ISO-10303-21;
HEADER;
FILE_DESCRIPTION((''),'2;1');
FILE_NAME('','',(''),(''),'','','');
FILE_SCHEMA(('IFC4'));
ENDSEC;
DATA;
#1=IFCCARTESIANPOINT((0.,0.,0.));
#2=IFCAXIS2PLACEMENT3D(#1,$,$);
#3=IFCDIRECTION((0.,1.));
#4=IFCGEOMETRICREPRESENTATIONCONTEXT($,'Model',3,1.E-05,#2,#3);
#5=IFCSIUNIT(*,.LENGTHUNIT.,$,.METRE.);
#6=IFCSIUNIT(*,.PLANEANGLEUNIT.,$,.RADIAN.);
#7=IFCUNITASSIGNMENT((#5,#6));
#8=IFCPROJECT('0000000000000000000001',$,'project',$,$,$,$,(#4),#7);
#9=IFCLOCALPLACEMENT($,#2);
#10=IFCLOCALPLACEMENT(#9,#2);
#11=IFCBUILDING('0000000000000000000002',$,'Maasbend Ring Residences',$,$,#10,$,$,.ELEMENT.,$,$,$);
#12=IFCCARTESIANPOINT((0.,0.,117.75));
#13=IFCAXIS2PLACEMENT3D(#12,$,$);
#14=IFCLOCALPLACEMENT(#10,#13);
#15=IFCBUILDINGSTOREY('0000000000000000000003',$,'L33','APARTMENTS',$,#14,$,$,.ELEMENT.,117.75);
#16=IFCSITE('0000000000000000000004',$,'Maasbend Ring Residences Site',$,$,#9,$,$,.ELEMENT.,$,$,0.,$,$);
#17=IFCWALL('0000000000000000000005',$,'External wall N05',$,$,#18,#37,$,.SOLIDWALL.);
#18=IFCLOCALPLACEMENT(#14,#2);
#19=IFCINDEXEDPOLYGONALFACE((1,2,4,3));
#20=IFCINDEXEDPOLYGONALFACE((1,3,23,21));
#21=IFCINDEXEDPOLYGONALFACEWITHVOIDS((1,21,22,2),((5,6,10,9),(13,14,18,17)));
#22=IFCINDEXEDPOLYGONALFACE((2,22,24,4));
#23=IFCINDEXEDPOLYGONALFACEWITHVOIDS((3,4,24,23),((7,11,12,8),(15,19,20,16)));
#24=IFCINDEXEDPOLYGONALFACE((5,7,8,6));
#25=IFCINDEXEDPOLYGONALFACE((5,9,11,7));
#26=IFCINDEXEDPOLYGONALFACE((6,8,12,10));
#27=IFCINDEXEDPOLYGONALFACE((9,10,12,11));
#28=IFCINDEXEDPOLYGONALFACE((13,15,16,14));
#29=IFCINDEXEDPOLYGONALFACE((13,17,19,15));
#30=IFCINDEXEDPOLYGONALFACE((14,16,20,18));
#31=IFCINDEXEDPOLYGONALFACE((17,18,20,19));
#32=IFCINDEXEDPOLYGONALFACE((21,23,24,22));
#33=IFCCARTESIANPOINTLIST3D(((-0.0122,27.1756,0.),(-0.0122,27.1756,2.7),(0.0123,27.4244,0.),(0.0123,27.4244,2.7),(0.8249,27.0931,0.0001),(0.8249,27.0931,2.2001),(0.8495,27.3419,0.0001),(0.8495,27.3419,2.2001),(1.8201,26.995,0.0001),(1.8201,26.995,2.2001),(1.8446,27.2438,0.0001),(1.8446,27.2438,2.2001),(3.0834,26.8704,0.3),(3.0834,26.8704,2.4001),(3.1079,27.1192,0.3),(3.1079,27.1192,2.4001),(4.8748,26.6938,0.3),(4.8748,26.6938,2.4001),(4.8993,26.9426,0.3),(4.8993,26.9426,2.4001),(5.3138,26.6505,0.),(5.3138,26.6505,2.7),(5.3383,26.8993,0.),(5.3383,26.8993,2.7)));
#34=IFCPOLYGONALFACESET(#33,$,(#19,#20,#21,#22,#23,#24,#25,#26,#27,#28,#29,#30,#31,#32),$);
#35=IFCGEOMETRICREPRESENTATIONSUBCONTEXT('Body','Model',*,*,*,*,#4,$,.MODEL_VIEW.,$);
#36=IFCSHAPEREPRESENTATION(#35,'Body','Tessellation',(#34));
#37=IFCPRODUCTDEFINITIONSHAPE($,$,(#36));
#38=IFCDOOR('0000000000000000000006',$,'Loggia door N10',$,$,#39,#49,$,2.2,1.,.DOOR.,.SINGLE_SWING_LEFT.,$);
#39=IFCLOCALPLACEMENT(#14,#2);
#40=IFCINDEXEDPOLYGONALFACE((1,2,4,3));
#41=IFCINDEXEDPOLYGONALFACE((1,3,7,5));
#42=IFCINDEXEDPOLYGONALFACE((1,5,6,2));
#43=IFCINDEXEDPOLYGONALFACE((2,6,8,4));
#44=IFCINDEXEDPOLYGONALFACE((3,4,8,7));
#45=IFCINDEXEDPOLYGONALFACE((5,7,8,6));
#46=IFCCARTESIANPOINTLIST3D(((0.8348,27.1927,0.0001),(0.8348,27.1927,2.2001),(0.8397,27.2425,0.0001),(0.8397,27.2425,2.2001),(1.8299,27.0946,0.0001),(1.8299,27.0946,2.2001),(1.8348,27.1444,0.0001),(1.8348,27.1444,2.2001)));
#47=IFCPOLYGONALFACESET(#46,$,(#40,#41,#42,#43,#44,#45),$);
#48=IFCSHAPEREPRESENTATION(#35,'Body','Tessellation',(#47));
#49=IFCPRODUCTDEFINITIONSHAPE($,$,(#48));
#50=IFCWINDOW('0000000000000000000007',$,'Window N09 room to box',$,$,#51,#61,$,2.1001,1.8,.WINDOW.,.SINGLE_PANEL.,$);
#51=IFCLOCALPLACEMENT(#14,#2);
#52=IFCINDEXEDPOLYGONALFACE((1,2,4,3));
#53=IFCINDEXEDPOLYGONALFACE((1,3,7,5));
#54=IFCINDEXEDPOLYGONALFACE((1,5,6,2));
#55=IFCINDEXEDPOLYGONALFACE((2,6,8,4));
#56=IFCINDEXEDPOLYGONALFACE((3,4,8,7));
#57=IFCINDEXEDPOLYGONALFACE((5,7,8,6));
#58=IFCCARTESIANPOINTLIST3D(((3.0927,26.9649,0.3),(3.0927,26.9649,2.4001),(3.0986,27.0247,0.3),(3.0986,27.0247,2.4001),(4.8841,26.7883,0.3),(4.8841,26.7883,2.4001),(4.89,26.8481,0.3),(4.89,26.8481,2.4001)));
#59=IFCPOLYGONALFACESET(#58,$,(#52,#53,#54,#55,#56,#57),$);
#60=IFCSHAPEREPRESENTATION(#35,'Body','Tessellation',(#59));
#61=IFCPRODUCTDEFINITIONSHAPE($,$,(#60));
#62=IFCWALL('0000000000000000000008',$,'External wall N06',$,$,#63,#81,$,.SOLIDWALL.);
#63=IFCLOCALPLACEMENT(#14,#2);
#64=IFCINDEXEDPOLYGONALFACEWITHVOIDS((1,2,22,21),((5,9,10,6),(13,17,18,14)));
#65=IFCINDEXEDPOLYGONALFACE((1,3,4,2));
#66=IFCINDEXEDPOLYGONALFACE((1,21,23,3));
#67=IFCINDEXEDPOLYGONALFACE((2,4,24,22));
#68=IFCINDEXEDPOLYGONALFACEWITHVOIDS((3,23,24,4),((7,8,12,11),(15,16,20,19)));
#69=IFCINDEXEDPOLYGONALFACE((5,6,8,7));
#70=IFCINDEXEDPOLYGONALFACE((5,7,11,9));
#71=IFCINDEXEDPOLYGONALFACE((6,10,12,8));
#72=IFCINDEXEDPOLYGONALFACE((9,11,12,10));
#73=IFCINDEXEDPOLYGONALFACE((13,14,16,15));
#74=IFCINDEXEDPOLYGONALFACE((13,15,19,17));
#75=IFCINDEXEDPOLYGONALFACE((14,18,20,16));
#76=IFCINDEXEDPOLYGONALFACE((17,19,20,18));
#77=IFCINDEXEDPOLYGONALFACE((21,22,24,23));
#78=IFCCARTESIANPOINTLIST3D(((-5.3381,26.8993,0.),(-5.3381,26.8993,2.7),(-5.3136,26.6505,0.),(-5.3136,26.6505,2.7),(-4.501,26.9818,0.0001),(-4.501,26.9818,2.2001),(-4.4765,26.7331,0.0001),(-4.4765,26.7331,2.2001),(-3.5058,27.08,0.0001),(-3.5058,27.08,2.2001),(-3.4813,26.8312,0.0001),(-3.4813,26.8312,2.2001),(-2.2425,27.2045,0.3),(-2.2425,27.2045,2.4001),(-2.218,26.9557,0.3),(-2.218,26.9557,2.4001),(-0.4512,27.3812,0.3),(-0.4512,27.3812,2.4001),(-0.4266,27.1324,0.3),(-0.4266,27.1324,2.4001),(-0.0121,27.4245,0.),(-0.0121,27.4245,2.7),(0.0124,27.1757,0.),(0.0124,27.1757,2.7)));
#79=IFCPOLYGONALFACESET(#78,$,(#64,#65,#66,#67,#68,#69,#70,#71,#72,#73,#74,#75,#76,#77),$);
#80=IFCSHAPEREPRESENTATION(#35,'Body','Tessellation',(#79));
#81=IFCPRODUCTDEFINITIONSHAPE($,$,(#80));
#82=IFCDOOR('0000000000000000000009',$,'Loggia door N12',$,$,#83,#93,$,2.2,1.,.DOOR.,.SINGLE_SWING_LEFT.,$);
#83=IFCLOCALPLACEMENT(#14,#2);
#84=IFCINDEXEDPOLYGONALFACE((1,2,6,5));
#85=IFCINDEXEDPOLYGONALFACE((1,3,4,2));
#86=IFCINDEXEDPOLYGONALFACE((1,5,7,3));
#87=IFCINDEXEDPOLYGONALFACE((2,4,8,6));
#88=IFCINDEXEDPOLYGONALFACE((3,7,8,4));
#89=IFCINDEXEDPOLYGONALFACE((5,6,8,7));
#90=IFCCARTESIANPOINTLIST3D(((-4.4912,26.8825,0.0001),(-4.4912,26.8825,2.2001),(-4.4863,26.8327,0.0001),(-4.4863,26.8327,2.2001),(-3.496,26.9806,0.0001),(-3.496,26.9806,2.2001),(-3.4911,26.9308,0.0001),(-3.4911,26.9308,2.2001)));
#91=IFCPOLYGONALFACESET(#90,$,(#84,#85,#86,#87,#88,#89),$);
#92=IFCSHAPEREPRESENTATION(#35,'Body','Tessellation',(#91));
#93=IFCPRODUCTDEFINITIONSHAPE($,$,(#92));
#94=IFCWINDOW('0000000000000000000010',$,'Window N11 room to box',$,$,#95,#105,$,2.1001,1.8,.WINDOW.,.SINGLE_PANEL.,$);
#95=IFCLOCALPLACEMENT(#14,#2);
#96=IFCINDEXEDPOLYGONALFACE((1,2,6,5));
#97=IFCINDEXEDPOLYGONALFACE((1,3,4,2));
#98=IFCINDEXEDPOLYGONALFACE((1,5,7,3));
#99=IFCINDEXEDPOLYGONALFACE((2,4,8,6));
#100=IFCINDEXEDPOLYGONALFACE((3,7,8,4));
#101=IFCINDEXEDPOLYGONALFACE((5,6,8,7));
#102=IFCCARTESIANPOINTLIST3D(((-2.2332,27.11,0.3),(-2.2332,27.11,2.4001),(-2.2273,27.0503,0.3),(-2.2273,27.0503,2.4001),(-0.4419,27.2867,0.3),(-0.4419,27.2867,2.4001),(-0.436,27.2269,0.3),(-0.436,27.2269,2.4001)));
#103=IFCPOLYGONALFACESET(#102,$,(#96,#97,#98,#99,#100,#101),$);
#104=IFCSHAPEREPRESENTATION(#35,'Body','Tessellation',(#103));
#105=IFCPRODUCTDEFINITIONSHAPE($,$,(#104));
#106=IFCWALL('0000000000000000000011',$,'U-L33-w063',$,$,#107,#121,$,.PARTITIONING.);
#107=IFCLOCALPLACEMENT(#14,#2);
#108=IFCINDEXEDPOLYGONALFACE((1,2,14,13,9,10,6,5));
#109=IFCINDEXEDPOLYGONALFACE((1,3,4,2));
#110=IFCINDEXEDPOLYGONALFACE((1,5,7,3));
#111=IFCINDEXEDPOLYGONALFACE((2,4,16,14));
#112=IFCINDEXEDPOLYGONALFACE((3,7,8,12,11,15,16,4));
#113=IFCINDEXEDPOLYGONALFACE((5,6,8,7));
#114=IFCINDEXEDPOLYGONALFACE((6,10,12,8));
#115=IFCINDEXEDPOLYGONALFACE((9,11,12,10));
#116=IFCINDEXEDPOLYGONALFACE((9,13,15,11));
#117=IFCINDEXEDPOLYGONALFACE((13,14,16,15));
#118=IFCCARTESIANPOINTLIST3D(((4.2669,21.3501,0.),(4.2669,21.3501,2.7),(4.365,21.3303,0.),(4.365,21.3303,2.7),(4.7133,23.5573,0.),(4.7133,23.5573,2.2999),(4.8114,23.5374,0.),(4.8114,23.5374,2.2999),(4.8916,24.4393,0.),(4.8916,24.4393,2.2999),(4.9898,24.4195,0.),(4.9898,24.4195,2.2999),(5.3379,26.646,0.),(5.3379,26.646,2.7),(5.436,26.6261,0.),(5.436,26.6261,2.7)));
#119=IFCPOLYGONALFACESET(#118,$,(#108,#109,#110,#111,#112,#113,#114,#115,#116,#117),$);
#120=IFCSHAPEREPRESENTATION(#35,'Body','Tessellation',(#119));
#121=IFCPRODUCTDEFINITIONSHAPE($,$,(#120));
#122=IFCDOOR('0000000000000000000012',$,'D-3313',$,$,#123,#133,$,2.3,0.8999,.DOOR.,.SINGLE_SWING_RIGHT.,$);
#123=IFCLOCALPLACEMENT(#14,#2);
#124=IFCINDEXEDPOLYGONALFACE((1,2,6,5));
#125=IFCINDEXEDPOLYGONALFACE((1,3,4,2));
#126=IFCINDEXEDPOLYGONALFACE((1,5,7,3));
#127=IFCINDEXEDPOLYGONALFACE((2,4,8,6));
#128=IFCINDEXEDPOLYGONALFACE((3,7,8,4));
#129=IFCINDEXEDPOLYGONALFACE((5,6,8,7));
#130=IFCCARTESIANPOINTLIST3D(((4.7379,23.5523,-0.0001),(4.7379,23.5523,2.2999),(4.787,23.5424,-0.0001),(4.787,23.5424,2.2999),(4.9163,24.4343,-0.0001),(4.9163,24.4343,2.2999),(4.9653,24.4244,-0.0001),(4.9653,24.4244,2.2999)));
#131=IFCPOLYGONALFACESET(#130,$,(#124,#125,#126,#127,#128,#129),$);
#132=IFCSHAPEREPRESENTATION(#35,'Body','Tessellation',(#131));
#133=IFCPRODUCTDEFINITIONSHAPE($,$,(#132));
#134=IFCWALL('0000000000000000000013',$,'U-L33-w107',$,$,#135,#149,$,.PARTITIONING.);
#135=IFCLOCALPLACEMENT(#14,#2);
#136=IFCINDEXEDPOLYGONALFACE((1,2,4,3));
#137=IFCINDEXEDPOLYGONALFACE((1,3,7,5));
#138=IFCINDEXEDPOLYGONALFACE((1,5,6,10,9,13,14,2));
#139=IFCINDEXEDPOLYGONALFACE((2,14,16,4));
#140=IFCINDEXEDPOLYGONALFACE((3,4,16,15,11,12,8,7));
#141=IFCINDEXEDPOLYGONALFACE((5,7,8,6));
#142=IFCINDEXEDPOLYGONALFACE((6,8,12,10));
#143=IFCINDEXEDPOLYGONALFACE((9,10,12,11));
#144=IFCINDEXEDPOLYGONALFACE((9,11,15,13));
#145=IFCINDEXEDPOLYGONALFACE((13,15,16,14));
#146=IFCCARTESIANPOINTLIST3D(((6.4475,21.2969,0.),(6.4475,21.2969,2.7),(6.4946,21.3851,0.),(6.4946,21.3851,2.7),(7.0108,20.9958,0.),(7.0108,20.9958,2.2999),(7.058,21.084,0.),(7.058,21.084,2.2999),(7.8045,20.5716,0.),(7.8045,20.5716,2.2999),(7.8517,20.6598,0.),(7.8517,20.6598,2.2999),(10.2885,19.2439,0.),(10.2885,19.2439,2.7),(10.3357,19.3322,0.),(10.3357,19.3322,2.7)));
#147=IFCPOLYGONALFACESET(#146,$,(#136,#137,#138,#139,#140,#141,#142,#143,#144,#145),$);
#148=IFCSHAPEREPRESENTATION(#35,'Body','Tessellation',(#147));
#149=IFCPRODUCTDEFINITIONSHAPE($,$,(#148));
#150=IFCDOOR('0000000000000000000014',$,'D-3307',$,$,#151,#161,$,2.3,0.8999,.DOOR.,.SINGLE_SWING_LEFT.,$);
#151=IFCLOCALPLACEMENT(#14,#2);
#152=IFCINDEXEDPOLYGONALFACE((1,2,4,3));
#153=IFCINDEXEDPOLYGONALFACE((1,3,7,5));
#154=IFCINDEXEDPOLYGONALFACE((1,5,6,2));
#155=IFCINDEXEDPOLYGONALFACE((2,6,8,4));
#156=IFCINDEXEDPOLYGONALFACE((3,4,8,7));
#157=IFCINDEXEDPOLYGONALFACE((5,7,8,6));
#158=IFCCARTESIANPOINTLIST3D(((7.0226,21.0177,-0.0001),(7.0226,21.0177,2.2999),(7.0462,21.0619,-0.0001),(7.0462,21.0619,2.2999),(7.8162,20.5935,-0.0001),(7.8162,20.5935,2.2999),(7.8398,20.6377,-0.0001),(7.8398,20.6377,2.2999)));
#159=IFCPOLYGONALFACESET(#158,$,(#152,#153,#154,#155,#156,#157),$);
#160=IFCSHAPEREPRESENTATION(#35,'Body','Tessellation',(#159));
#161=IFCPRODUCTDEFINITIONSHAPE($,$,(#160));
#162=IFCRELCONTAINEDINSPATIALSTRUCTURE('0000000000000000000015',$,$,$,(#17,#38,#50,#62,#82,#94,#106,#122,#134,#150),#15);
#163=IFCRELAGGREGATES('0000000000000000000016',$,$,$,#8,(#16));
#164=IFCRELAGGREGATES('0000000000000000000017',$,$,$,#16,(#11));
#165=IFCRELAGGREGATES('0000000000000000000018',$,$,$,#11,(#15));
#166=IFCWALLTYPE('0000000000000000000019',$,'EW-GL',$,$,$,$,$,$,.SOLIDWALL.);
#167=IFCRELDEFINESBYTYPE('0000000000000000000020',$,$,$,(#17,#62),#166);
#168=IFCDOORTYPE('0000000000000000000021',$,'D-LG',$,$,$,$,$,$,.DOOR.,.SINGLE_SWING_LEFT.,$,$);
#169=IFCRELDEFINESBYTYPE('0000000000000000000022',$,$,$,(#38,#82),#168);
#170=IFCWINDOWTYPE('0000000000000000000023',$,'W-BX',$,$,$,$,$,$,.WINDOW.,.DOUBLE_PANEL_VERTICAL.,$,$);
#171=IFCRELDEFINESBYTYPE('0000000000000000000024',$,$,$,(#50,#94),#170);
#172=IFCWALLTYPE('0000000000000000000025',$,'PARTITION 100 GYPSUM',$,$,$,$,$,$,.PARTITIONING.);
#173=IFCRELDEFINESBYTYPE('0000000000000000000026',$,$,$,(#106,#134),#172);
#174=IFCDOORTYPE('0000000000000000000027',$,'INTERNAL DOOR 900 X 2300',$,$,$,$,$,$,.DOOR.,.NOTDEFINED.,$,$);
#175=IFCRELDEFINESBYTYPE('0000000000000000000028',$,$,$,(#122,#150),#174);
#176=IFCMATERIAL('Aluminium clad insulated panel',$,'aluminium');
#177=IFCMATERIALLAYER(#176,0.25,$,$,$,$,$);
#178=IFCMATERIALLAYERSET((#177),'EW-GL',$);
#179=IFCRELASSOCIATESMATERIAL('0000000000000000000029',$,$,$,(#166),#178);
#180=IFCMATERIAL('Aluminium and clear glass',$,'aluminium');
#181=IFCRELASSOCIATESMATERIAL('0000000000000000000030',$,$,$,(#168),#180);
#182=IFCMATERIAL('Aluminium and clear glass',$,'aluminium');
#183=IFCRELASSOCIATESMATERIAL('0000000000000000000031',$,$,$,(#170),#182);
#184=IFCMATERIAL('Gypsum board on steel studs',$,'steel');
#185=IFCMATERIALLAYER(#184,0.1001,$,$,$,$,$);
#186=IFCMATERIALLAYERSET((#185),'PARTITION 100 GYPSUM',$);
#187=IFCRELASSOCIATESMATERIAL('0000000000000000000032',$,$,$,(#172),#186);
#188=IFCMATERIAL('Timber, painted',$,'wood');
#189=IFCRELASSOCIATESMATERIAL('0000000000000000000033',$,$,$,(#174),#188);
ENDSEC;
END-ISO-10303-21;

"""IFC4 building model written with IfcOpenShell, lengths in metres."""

from ifc_helpers import new_model, si_unit, direction, frame, frame_2d, origin, place, context, subcontext, project, spatial, rectangle, extrude, material, layer, layer_set, type_object, element, fill, save


model = new_model("IFC4")

# Units and contexts
model_context = context("Model", 3, precision=1e-05, world=origin(), true_north=direction((0.0, 1.0)))
body_context = subcontext(model_context, "Body", "Model", "MODEL_VIEW")
ifc_project = project(units=[si_unit("LENGTHUNIT", "METRE"), si_unit("PLANEANGLEUNIT", "RADIAN")], contexts=[model_context])

# Site, building, storey
site_placement = place(None, origin())
site = spatial("IfcSite", under=ifc_project, at=site_placement, Name="Maasbend Ring Residences Site", CompositionType="ELEMENT", RefElevation=0.0)
building_placement = place(site_placement, origin())
building = spatial("IfcBuilding", under=site, at=building_placement, Name="Maasbend Ring Residences", CompositionType="ELEMENT")
storey_placement = place(building_placement, frame((0.0, 0.0, 117.75)))
storey = spatial("IfcBuildingStorey", under=building, at=storey_placement, Name="L33", Description="APARTMENTS", CompositionType="ELEMENT", Elevation=117.75)

# Walls, openings, doors, windows
ifc_material_1 = material(Name="Aluminium clad insulated panel", Category="aluminium")
ifc_layer_1 = layer(ifc_material_1, 0.25)
ifc_layer_set_1 = layer_set([ifc_layer_1], Name="EW-GL")
wall_type_1 = type_object("IfcWallType", Name="EW-GL", PredefinedType="SOLIDWALL", material=ifc_layer_set_1)
ifc_material_2 = material(Name="Aluminium and clear glass", Category="aluminium")
door_type_1 = type_object("IfcDoorType", Name="D-LG", OperationType="SINGLE_SWING_LEFT", PredefinedType="DOOR", material=ifc_material_2)
ifc_material_3 = material(Name="Aluminium and clear glass", Category="aluminium")
window_type_1 = type_object("IfcWindowType", Name="W-BX", PartitioningType="DOUBLE_PANEL_VERTICAL", PredefinedType="WINDOW", material=ifc_material_3)
wall_1_placement = place(storey_placement, frame((5.3259, 26.7749, 0.0), z_axis=(0.0, 0.0, 1.0), x_axis=(-0.995174, 0.098126, 0.0)))
wall_1 = element("IfcWall", 1, at=wall_1_placement, inside=storey, type_object=wall_type_1, Name="External wall N05", PredefinedType="SOLIDWALL", context=body_context, shape_type="SweptSolid", body=[
    extrude(rectangle(XDim=5.3518, YDim=0.25, at=frame_2d((2.6758, 0.0))), origin(), (0.0, 0.0, 1.0), 2.7),
])
opening_1_placement = place(wall_1_placement, frame((0.4412, 0.0, 0.3)))
opening_1 = element("IfcOpeningElement", 2, at=opening_1_placement, cuts=wall_1, PredefinedType="OPENING", context=body_context, shape_type="SweptSolid", body=[
    extrude(rectangle(XDim=1.8, YDim=2.1001, at=frame_2d((0.8999, 1.05))), frame((0.0, 0.135, 0.0), z_axis=(0.0, -1.0, 0.0), x_axis=(1.0, 0.0, 0.0)), (0.0, 0.0, 1.0), 0.27),
])
opening_2_placement = place(wall_1_placement, frame((3.5105, 0.0, 0.0)))
opening_2 = element("IfcOpeningElement", 3, at=opening_2_placement, cuts=wall_1, PredefinedType="OPENING", context=body_context, shape_type="SweptSolid", body=[
    extrude(rectangle(XDim=1.0, YDim=2.2, at=frame_2d((0.5, 1.1001))), frame((0.0, 0.135, 0.0), z_axis=(0.0, -1.0, 0.0), x_axis=(1.0, 0.0, 0.0)), (0.0, 0.0, 1.0), 0.27),
])
door_1_placement = place(opening_2_placement, origin())
door_1 = element("IfcDoor", 4, at=door_1_placement, inside=storey, type_object=door_type_1, Name="Loggia door N10", OperationType="SINGLE_SWING_LEFT", OverallHeight=2.2, OverallWidth=1.0, PredefinedType="DOOR", context=body_context, shape_type="SweptSolid", body=[
    extrude(rectangle(XDim=1.0, YDim=2.2, at=frame_2d((0.5, 1.1001))), frame((0.0, 0.0249, 0.0), z_axis=(0.0, -1.0, 0.0), x_axis=(1.0, 0.0, 0.0)), (0.0, 0.0, 1.0), 0.05),
])
fill(opening_2, door_1)
window_1_placement = place(opening_1_placement, origin())
window_1 = element("IfcWindow", 5, at=window_1_placement, inside=storey, type_object=window_type_1, Name="Window N09 room to box", OverallHeight=2.1001, OverallWidth=1.8, PartitioningType="SINGLE_PANEL", PredefinedType="WINDOW", context=body_context, shape_type="SweptSolid", body=[
    extrude(rectangle(XDim=1.8, YDim=2.1001, at=frame_2d((0.8999, 1.05))), frame((0.0, 0.03, 0.0), z_axis=(0.0, -1.0, 0.0), x_axis=(1.0, 0.0, 0.0)), (0.0, 0.0, 1.0), 0.0601),
])
fill(opening_1, window_1)
wall_2_placement = place(storey_placement, frame((0.0, 27.3, 0.0), z_axis=(0.0, 0.0, 1.0), x_axis=(-0.995174, -0.098126, 0.0)))
wall_2 = element("IfcWall", 6, at=wall_2_placement, inside=storey, type_object=wall_type_1, Name="External wall N06", PredefinedType="SOLIDWALL", context=body_context, shape_type="SweptSolid", body=[
    extrude(rectangle(XDim=5.3518, YDim=0.25, at=frame_2d((2.6758, 0.0))), origin(), (0.0, 0.0, 1.0), 2.7),
])
opening_3_placement = place(wall_2_placement, frame((0.4412, 0.0, 0.3)))
opening_3 = element("IfcOpeningElement", 7, at=opening_3_placement, cuts=wall_2, PredefinedType="OPENING", context=body_context, shape_type="SweptSolid", body=[
    extrude(rectangle(XDim=1.8, YDim=2.1001, at=frame_2d((0.8999, 1.05))), frame((0.0, 0.135, 0.0), z_axis=(0.0, -1.0, 0.0), x_axis=(1.0, 0.0, 0.0)), (0.0, 0.0, 1.0), 0.27),
])
opening_4_placement = place(wall_2_placement, frame((3.5105, 0.0, 0.0)))
opening_4 = element("IfcOpeningElement", 8, at=opening_4_placement, cuts=wall_2, PredefinedType="OPENING", context=body_context, shape_type="SweptSolid", body=[
    extrude(rectangle(XDim=1.0, YDim=2.2, at=frame_2d((0.5, 1.1001))), frame((0.0, 0.135, 0.0), z_axis=(0.0, -1.0, 0.0), x_axis=(1.0, 0.0, 0.0)), (0.0, 0.0, 1.0), 0.27),
])
door_2_placement = place(opening_4_placement, origin())
door_2 = element("IfcDoor", 9, at=door_2_placement, inside=storey, type_object=door_type_1, Name="Loggia door N12", OperationType="SINGLE_SWING_LEFT", OverallHeight=2.2, OverallWidth=1.0, PredefinedType="DOOR", context=body_context, shape_type="SweptSolid", body=[
    extrude(rectangle(XDim=1.0, YDim=2.2, at=frame_2d((0.5, 1.1001))), frame((0.0, 0.0249, 0.0), z_axis=(0.0, -1.0, 0.0), x_axis=(1.0, 0.0, 0.0)), (0.0, 0.0, 1.0), 0.05),
])
fill(opening_4, door_2)
window_2_placement = place(opening_3_placement, origin())
window_2 = element("IfcWindow", 10, at=window_2_placement, inside=storey, type_object=window_type_1, Name="Window N11 room to box", OverallHeight=2.1001, OverallWidth=1.8, PartitioningType="SINGLE_PANEL", PredefinedType="WINDOW", context=body_context, shape_type="SweptSolid", body=[
    extrude(rectangle(XDim=1.8, YDim=2.1001, at=frame_2d((0.8999, 1.05))), frame((0.0, 0.03, 0.0), z_axis=(0.0, -1.0, 0.0), x_axis=(1.0, 0.0, 0.0)), (0.0, 0.0, 1.0), 0.0601),
])
fill(opening_3, window_2)

# Walls, openings, doors
ifc_material_4 = material(Name="Gypsum board on steel studs", Category="steel")
ifc_layer_2 = layer(ifc_material_4, 0.1001)
ifc_layer_set_2 = layer_set([ifc_layer_2], Name="PARTITION 100 GYPSUM")
wall_type_2 = type_object("IfcWallType", Name="PARTITION 100 GYPSUM", PredefinedType="PARTITIONING", material=ifc_layer_set_2)
wall_3_placement = place(storey_placement, frame((4.3159, 21.3401, 0.0), z_axis=(0.0, 0.0, 1.0), x_axis=(0.198227, 0.980156, 0.0)))
wall_3 = element("IfcWall", 11, at=wall_3_placement, inside=storey, type_object=wall_type_2, Name="U-L33-w063", PredefinedType="PARTITIONING", context=body_context, shape_type="SweptSolid", body=[
    extrude(rectangle(XDim=5.4031, YDim=0.1001, at=frame_2d((2.7017, 0.0))), origin(), (0.0, 0.0, 1.0), 2.7),
])
opening_5_placement = place(wall_3_placement, frame((2.252, 0.0, 0.0)))
opening_5 = element("IfcOpeningElement", 12, at=opening_5_placement, cuts=wall_3, PredefinedType="OPENING", context=body_context, shape_type="SweptSolid", body=[
    extrude(rectangle(XDim=0.8999, YDim=2.3, at=frame_2d((0.45, 1.1499))), frame((0.0, 0.0601, 0.0), z_axis=(0.0, -1.0, 0.0), x_axis=(1.0, 0.0, 0.0)), (0.0, 0.0, 1.0), 0.1201),
])
ifc_material_5 = material(Name="Timber, painted", Category="wood")
door_type_2 = type_object("IfcDoorType", Name="INTERNAL DOOR 900 X 2300", OperationType="NOTDEFINED", PredefinedType="DOOR", material=ifc_material_5)
door_3_placement = place(opening_5_placement, origin())
door_3 = element("IfcDoor", 13, at=door_3_placement, inside=storey, type_object=door_type_2, Name="D-3313", OperationType="SINGLE_SWING_RIGHT", OverallHeight=2.3, OverallWidth=0.8999, PredefinedType="DOOR", context=body_context, shape_type="SweptSolid", body=[
    extrude(rectangle(XDim=0.8999, YDim=2.3, at=frame_2d((0.45, 1.1499))), frame((0.0, 0.0249, 0.0), z_axis=(0.0, -1.0, 0.0), x_axis=(1.0, 0.0, 0.0)), (0.0, 0.0, 1.0), 0.05),
])
fill(opening_5, door_3)
wall_4_placement = place(storey_placement, frame((6.4709, 21.3411, 0.0), z_axis=(0.0, 0.0, 1.0), x_axis=(0.881932, -0.471377, 0.0)))
wall_4 = element("IfcWall", 14, at=wall_4_placement, inside=storey, type_object=wall_type_2, Name="U-L33-w107", PredefinedType="PARTITIONING", context=body_context, shape_type="SweptSolid", body=[
    extrude(rectangle(XDim=4.3552, YDim=0.1001, at=frame_2d((2.1777, 0.0))), origin(), (0.0, 0.0, 1.0), 2.7),
])
opening_6_placement = place(wall_4_placement, frame((0.6389, 0.0, 0.0)))
opening_6 = element("IfcOpeningElement", 15, at=opening_6_placement, cuts=wall_4, PredefinedType="OPENING", context=body_context, shape_type="SweptSolid", body=[
    extrude(rectangle(XDim=0.8999, YDim=2.3, at=frame_2d((0.45, 1.1499))), frame((0.0, 0.0601, 0.0), z_axis=(0.0, -1.0, 0.0), x_axis=(1.0, 0.0, 0.0)), (0.0, 0.0, 1.0), 0.1201),
])
door_4_placement = place(opening_6_placement, origin())
door_4 = element("IfcDoor", 16, at=door_4_placement, inside=storey, type_object=door_type_2, Name="D-3307", OperationType="SINGLE_SWING_LEFT", OverallHeight=2.3, OverallWidth=0.8999, PredefinedType="DOOR", context=body_context, shape_type="SweptSolid", body=[
    extrude(rectangle(XDim=0.8999, YDim=2.3, at=frame_2d((0.45, 1.1499))), frame((0.0, 0.0249, 0.0), z_axis=(0.0, -1.0, 0.0), x_axis=(1.0, 0.0, 0.0)), (0.0, 0.0, 1.0), 0.05),
])
fill(opening_6, door_4)

save(model, "model.ifc")
